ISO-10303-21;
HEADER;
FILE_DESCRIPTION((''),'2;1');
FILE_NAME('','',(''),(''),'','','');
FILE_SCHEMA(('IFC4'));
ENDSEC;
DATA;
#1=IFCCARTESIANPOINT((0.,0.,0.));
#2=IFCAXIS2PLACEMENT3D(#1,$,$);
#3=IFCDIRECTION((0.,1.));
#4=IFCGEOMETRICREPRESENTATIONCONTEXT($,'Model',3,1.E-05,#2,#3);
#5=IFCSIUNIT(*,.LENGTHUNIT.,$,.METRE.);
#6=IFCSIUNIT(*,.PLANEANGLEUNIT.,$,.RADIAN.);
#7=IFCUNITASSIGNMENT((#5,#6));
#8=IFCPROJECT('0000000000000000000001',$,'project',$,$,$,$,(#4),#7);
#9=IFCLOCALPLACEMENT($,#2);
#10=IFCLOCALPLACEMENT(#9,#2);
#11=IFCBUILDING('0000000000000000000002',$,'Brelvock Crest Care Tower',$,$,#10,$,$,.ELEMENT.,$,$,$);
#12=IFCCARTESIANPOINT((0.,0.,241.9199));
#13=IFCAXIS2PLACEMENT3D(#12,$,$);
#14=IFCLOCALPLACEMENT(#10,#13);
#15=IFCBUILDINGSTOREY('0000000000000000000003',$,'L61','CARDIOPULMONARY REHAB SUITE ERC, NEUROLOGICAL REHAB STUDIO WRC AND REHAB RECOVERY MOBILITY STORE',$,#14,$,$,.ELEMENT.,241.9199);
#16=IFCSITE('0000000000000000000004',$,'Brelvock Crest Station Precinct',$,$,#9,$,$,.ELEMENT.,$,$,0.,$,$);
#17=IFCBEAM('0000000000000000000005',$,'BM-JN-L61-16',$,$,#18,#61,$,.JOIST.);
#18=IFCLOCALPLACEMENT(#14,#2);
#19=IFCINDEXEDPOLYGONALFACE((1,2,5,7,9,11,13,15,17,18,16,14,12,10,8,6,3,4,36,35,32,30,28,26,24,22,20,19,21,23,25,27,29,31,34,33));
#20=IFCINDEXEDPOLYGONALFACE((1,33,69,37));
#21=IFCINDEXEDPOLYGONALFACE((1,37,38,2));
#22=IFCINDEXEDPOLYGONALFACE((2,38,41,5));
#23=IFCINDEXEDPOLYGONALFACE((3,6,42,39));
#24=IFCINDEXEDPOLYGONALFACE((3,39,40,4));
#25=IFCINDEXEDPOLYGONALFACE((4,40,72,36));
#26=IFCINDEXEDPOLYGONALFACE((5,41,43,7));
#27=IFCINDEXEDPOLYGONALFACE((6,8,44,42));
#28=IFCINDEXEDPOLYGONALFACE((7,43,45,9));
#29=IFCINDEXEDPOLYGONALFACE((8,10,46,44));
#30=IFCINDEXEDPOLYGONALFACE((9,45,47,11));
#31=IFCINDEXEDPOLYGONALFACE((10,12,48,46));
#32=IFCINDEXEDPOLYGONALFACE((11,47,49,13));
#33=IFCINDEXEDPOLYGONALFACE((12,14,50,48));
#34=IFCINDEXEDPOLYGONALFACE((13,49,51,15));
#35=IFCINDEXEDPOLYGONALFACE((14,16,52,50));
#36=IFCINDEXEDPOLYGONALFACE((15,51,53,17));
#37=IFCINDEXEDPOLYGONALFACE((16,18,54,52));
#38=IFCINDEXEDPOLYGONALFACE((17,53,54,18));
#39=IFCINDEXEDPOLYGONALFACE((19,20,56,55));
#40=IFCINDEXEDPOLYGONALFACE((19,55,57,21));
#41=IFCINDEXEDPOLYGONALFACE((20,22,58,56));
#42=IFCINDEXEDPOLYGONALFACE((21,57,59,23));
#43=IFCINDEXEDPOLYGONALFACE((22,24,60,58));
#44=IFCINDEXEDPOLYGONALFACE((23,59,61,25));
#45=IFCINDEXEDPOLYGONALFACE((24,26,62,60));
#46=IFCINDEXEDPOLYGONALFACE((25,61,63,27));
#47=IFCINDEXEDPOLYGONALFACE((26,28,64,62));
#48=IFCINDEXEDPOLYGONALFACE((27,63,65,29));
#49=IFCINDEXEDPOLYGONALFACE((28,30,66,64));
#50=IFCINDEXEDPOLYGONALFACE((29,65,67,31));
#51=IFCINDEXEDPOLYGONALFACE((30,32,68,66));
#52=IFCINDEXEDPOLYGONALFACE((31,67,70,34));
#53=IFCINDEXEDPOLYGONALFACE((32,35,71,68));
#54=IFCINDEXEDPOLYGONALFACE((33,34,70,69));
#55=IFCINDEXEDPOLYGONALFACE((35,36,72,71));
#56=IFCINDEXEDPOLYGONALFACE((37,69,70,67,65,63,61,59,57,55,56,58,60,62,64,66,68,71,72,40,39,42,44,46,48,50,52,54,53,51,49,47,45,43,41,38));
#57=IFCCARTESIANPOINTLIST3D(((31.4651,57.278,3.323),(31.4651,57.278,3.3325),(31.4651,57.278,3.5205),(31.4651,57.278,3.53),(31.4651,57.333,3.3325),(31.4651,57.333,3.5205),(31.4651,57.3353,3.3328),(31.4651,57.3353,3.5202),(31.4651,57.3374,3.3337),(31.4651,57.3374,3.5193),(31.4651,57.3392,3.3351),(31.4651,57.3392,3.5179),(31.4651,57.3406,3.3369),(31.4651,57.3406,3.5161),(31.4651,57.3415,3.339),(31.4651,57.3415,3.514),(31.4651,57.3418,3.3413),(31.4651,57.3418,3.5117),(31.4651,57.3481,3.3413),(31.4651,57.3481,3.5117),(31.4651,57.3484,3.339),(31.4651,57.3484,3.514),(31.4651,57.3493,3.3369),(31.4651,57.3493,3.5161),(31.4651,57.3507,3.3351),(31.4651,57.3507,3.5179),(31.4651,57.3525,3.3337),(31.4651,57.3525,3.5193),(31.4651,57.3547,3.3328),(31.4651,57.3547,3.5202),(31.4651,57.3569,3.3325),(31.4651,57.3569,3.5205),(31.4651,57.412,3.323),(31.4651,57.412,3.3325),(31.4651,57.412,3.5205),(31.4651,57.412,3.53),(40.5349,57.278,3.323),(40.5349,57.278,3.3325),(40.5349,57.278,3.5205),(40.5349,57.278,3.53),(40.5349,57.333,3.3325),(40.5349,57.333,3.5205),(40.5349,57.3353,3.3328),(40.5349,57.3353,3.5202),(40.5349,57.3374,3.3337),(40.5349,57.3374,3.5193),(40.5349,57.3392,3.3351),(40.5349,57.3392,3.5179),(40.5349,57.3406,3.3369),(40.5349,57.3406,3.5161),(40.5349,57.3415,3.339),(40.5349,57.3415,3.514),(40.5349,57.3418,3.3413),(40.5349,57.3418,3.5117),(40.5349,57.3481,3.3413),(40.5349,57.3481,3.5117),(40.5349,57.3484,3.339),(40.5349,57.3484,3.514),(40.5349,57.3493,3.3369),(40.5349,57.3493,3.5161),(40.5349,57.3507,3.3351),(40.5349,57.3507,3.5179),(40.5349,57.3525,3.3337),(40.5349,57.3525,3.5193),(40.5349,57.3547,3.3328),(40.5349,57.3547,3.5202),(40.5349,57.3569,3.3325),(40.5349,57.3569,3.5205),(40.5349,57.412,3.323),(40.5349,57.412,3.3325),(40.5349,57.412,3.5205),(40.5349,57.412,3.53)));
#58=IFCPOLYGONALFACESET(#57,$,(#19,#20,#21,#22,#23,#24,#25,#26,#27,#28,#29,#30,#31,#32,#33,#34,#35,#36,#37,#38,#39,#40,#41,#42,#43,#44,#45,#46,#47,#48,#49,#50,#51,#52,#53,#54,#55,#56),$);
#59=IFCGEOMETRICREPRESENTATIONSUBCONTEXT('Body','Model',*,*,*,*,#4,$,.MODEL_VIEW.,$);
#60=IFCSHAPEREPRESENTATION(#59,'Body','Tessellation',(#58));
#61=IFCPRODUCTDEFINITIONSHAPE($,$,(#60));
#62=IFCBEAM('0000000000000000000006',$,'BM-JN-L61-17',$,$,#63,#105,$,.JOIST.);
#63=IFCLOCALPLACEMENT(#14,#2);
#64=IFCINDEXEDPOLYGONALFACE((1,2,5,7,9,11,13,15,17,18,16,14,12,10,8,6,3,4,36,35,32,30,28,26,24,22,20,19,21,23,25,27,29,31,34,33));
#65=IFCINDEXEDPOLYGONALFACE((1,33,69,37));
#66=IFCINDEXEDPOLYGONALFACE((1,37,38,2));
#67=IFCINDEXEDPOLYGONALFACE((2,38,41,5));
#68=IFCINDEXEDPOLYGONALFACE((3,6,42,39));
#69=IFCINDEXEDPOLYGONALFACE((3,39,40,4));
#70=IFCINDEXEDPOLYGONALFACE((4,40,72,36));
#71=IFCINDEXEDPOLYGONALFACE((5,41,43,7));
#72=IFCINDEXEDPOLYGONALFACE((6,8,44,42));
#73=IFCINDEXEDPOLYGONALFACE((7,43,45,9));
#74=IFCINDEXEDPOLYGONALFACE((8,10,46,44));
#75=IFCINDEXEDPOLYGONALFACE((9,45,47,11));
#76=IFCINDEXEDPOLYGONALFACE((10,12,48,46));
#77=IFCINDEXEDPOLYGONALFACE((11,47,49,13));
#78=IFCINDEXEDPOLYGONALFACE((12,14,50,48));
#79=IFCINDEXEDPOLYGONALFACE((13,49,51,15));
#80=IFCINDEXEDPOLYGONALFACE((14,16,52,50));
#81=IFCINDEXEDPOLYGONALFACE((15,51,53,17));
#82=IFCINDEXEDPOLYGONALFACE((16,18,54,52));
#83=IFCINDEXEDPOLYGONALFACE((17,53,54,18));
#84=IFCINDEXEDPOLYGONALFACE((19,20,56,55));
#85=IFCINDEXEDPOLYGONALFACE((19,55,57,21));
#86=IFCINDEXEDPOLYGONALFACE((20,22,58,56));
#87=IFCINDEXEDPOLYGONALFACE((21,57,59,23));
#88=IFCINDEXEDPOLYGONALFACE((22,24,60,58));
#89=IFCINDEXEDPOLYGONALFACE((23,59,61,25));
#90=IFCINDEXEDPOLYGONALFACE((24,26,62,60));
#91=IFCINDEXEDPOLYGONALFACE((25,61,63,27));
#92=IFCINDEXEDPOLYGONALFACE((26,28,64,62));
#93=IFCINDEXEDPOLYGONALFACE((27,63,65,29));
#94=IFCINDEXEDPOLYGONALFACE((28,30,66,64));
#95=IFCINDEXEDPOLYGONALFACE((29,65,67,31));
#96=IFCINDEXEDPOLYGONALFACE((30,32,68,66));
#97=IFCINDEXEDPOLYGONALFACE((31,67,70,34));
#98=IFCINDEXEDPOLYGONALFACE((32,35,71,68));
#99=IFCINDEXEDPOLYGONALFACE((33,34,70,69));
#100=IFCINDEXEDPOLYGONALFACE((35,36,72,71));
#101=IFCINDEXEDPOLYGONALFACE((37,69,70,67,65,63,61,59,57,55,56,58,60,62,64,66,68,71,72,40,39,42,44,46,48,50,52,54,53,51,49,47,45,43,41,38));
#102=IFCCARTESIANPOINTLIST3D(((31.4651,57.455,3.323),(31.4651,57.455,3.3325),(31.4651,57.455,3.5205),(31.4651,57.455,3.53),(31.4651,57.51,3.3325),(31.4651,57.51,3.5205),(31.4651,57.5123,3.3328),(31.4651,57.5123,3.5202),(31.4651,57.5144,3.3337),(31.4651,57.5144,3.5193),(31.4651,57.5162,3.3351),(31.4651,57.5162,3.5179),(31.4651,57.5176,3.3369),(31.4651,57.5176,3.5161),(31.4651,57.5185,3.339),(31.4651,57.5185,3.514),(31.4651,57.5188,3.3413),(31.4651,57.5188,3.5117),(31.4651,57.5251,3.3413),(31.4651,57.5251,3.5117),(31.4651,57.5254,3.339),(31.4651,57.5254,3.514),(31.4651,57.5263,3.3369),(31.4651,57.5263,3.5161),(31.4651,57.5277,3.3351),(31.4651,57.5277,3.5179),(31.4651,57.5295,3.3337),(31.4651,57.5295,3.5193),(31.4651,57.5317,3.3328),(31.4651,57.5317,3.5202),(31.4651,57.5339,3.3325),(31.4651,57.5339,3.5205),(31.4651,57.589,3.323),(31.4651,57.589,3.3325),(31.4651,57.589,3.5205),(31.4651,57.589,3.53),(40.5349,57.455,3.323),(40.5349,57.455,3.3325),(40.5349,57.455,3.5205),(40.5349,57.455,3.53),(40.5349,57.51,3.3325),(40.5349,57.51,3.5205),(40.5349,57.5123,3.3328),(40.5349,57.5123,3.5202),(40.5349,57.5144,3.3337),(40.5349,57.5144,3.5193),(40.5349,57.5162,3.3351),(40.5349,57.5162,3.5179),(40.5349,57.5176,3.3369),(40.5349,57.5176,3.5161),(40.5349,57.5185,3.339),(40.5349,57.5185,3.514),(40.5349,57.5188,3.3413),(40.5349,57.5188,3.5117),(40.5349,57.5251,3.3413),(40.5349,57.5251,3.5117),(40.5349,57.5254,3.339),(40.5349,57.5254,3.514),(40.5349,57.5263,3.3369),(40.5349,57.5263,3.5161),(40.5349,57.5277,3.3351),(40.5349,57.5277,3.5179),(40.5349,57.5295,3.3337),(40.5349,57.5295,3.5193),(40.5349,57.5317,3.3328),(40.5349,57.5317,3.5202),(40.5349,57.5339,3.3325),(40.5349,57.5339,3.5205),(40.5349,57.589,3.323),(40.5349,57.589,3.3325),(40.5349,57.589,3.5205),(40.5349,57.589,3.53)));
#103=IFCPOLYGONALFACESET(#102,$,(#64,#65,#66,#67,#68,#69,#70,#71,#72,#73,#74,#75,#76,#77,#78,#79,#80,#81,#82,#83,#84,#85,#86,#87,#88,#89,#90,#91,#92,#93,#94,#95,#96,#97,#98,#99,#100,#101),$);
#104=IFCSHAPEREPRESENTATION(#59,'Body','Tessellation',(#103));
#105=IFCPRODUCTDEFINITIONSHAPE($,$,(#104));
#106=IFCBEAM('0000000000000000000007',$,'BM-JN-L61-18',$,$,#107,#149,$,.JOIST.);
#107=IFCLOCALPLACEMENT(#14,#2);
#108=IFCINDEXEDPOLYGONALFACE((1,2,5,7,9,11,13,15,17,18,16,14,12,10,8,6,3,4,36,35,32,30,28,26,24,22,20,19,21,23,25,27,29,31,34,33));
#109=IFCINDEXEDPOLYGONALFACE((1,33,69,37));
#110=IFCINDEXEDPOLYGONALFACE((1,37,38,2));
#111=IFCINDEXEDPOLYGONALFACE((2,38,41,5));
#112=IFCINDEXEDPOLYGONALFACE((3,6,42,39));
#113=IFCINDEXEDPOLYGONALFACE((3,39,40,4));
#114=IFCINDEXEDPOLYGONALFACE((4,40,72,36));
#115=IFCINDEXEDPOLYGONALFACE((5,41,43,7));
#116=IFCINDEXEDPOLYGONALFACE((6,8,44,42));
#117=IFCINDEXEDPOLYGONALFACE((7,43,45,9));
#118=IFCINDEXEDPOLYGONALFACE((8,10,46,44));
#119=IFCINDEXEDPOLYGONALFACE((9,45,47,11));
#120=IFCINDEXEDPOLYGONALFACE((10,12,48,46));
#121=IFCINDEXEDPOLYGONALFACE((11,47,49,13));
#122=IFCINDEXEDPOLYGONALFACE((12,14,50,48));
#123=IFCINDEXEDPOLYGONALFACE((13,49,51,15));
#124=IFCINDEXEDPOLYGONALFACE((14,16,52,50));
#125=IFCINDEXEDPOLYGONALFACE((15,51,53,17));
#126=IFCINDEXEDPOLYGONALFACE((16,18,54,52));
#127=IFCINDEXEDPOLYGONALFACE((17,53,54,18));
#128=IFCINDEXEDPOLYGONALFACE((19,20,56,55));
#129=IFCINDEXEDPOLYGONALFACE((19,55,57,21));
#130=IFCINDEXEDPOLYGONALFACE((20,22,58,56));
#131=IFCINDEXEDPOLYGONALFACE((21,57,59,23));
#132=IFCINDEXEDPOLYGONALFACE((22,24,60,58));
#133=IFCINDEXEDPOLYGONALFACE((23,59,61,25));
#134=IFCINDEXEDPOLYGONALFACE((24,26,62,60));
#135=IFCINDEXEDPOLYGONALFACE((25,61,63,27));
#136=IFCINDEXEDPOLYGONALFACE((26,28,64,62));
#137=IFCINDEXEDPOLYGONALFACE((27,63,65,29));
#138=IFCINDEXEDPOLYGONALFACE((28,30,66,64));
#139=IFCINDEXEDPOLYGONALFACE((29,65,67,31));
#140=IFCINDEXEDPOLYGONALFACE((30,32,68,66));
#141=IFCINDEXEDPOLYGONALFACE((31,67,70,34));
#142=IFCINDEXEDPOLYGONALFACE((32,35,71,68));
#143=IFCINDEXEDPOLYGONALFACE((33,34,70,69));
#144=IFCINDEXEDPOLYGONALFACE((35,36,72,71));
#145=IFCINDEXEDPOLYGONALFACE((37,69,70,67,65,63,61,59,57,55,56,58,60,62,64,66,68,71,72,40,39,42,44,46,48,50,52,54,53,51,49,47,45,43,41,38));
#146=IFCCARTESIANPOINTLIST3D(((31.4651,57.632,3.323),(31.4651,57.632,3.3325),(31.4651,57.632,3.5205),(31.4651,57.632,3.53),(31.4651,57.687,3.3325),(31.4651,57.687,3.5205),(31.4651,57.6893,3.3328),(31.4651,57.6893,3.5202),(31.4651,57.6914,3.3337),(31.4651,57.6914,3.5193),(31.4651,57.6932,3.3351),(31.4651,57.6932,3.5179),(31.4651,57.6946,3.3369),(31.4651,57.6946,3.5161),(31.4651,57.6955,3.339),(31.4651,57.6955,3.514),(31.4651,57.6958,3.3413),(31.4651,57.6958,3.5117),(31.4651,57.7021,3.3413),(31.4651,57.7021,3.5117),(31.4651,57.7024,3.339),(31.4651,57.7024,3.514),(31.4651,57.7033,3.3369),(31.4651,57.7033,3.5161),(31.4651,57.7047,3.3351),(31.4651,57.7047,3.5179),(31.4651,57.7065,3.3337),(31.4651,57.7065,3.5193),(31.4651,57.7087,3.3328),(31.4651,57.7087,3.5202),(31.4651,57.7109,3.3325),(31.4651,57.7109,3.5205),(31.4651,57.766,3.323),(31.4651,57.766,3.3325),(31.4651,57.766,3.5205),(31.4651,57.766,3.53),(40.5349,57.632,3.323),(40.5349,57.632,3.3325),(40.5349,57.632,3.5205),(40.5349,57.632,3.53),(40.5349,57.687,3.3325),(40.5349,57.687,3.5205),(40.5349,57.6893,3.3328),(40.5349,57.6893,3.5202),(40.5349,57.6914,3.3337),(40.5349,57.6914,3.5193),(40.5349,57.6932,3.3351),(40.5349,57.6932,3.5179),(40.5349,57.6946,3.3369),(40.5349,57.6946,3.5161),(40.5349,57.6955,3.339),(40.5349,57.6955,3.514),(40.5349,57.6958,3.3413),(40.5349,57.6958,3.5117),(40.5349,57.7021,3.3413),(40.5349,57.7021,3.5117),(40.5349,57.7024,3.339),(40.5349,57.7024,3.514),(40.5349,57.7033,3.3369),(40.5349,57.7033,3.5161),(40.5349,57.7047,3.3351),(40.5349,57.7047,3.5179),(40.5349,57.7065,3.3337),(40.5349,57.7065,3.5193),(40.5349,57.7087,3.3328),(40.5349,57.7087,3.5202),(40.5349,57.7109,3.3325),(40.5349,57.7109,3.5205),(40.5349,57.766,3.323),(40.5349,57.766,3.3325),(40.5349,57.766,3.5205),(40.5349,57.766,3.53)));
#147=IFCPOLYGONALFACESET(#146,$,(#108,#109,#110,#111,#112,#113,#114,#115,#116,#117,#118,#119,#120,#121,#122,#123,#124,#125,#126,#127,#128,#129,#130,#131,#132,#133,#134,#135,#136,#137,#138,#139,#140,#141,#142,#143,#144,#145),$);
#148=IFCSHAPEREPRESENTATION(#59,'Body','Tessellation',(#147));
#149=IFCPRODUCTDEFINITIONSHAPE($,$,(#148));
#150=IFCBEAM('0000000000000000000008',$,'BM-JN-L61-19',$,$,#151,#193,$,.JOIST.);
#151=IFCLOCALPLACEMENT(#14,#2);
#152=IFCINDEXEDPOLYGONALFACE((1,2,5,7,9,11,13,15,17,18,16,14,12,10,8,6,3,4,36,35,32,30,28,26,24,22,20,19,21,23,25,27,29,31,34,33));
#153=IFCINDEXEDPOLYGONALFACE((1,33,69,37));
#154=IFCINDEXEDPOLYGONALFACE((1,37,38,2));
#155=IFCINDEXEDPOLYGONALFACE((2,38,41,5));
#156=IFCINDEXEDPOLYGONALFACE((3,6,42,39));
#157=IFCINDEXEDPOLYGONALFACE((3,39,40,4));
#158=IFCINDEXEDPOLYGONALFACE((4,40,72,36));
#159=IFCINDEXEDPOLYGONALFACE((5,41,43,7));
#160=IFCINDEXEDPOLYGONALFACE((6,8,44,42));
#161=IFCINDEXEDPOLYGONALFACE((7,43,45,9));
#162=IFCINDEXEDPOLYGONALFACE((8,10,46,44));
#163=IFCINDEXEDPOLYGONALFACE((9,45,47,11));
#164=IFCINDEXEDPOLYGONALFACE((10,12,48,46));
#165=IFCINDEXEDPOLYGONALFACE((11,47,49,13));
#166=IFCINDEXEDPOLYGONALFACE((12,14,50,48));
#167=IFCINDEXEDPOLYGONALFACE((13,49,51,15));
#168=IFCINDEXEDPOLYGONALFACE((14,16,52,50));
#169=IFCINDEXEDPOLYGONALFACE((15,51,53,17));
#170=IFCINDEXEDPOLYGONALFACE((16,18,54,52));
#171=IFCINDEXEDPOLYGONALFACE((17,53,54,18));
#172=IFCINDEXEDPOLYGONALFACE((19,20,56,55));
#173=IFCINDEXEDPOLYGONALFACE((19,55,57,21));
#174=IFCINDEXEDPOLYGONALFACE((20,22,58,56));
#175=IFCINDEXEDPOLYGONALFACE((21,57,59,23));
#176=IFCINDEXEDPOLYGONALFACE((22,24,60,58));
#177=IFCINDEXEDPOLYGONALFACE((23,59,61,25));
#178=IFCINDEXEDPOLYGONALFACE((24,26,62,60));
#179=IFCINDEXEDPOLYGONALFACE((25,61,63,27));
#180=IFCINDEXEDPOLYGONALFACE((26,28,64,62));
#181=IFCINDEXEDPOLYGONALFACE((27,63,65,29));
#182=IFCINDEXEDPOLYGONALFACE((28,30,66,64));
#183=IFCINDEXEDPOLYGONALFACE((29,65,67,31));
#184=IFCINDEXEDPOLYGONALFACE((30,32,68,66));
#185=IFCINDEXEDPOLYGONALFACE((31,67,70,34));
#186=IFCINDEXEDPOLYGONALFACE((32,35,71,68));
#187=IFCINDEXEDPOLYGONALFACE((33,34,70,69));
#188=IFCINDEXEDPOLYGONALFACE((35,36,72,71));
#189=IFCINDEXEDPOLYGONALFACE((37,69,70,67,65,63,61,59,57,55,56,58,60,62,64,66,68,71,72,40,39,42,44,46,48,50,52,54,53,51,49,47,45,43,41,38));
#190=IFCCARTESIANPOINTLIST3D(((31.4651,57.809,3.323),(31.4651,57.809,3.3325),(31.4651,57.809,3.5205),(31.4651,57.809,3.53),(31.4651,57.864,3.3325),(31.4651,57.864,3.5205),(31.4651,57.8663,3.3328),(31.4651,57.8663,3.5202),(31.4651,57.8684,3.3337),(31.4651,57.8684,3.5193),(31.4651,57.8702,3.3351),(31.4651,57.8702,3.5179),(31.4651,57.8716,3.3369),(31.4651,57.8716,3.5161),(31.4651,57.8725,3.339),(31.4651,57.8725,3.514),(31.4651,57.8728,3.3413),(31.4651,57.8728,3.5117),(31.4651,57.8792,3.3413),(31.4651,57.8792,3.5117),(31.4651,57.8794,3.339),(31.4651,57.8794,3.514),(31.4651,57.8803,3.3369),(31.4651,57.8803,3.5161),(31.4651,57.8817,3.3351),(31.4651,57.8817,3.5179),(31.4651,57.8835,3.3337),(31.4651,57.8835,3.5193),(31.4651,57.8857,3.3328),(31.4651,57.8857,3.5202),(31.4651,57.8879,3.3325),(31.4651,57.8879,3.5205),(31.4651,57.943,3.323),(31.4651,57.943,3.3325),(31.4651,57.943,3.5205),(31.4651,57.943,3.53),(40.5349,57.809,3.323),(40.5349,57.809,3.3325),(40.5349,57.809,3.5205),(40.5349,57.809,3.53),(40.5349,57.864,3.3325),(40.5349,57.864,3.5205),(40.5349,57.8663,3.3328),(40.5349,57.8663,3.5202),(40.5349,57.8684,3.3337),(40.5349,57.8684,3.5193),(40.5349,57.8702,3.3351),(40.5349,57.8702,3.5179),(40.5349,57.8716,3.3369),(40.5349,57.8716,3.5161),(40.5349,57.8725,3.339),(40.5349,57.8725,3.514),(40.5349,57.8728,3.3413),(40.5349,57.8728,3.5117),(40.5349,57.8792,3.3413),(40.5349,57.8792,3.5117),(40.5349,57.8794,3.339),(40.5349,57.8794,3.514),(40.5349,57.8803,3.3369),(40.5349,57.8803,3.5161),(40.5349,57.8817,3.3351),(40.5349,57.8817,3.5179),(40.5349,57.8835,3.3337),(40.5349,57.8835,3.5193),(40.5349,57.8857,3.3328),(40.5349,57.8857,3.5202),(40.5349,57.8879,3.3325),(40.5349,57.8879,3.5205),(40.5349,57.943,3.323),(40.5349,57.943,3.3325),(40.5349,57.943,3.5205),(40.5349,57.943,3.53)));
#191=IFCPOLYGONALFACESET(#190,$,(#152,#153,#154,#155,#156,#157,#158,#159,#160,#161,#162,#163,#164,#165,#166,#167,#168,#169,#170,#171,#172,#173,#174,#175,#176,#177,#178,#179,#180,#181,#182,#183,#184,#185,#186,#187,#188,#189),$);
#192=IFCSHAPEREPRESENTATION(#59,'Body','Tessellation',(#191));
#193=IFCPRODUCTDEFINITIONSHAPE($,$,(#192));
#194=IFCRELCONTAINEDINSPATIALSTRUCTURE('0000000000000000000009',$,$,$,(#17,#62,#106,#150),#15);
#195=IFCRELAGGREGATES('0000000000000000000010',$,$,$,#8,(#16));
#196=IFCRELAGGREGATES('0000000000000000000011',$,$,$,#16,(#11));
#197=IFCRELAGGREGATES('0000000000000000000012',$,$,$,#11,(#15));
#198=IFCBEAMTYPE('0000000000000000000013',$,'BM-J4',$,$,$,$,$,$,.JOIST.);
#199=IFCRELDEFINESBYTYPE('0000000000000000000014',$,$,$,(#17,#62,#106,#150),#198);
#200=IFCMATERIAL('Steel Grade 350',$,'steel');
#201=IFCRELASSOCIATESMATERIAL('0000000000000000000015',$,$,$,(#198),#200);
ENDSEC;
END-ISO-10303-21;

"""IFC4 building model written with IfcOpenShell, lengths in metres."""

from ifc_helpers import new_model, si_unit, direction, frame, origin, origin_2d, place, context, subcontext, project, spatial, i_section, extrude, source, transform, mapped, material, material_profile, profile_set, type_object, element, save


model = new_model("IFC4")

# Units and contexts
model_context = context("Model", 3, precision=1e-05, world=origin(), true_north=direction((0.0, 1.0)))
body_context = subcontext(model_context, "Body", "Model", "MODEL_VIEW")
ifc_project = project(units=[si_unit("LENGTHUNIT", "METRE"), si_unit("PLANEANGLEUNIT", "RADIAN")], contexts=[model_context])

# Site, building, storey
site_placement = place(None, origin())
site = spatial("IfcSite", under=ifc_project, at=site_placement, Name="Brelvock Crest Station Precinct", CompositionType="ELEMENT", RefElevation=0.0)
building_placement = place(site_placement, origin())
building = spatial("IfcBuilding", under=site, at=building_placement, Name="Brelvock Crest Care Tower", CompositionType="ELEMENT")
storey_placement = place(building_placement, frame((0.0, 0.0, 241.9199)))
storey = spatial("IfcBuildingStorey", under=building, at=storey_placement, Name="L61", Description="CARDIOPULMONARY REHAB SUITE ERC, NEUROLOGICAL REHAB STUDIO WRC AND REHAB RECOVERY MOBILITY STORE", CompositionType="ELEMENT", Elevation=241.9199)

# Beams
ifc_material_1 = material(Name="Steel Grade 350", Category="steel")
ifc_material_profile_1 = material_profile(ifc_material_1, i_section(OverallWidth=0.134, OverallDepth=0.207, WebThickness=0.0063, FlangeThickness=0.0095, FilletRadius=0.0088, at=origin_2d()), Name="200UB29.8")
ifc_profile_set_1 = profile_set([ifc_material_profile_1], Name="Steel Grade 350")
beam_type_1 = type_object("IfcBeamType", Name="BM-J4", PredefinedType="JOIST", material=ifc_profile_set_1)
shared_shape_1 = source(origin(), body_context, "Body", "SweptSolid", [
    extrude(i_section(OverallWidth=0.134, OverallDepth=0.207, WebThickness=0.0063, FlangeThickness=0.0095, FilletRadius=0.0088, at=origin_2d()), origin(), (0.0, 0.0, 1.0), 9.0698),
])
for number, where, z_axis, x_axis, name in (
    (1, (31.4651, 57.345, 3.4265), (1.0, 0.0, 0.0), (0.0, 1.0, 0.0), "BM-JN-L61-16"),
    (2, (31.4651, 57.522, 3.4265), (1.0, 0.0, 0.0), (0.0, 1.0, 0.0), "BM-JN-L61-17"),
    (3, (31.4651, 57.699, 3.4265), (1.0, 0.0, 0.0), (0.0, 1.0, 0.0), "BM-JN-L61-18"),
    (4, (31.4651, 57.876, 3.4265), (1.0, 0.0, 0.0), (0.0, 1.0, 0.0), "BM-JN-L61-19"),
):
    element("IfcBeam", number, at=place(storey_placement, frame(where, z_axis=z_axis, x_axis=x_axis)), inside=storey, type_object=beam_type_1, Name=name, PredefinedType="JOIST", context=body_context, shape_type="MappedRepresentation", body=[
        mapped(shared_shape_1, transform((0.0, 0.0, 0.0), x_axis=(1.0, 0.0, 0.0), y_axis=(0.0, 1.0, 0.0), z_axis=(0.0, 0.0, 1.0), scale=1.0)),
    ])

save(model, "model.ifc")
